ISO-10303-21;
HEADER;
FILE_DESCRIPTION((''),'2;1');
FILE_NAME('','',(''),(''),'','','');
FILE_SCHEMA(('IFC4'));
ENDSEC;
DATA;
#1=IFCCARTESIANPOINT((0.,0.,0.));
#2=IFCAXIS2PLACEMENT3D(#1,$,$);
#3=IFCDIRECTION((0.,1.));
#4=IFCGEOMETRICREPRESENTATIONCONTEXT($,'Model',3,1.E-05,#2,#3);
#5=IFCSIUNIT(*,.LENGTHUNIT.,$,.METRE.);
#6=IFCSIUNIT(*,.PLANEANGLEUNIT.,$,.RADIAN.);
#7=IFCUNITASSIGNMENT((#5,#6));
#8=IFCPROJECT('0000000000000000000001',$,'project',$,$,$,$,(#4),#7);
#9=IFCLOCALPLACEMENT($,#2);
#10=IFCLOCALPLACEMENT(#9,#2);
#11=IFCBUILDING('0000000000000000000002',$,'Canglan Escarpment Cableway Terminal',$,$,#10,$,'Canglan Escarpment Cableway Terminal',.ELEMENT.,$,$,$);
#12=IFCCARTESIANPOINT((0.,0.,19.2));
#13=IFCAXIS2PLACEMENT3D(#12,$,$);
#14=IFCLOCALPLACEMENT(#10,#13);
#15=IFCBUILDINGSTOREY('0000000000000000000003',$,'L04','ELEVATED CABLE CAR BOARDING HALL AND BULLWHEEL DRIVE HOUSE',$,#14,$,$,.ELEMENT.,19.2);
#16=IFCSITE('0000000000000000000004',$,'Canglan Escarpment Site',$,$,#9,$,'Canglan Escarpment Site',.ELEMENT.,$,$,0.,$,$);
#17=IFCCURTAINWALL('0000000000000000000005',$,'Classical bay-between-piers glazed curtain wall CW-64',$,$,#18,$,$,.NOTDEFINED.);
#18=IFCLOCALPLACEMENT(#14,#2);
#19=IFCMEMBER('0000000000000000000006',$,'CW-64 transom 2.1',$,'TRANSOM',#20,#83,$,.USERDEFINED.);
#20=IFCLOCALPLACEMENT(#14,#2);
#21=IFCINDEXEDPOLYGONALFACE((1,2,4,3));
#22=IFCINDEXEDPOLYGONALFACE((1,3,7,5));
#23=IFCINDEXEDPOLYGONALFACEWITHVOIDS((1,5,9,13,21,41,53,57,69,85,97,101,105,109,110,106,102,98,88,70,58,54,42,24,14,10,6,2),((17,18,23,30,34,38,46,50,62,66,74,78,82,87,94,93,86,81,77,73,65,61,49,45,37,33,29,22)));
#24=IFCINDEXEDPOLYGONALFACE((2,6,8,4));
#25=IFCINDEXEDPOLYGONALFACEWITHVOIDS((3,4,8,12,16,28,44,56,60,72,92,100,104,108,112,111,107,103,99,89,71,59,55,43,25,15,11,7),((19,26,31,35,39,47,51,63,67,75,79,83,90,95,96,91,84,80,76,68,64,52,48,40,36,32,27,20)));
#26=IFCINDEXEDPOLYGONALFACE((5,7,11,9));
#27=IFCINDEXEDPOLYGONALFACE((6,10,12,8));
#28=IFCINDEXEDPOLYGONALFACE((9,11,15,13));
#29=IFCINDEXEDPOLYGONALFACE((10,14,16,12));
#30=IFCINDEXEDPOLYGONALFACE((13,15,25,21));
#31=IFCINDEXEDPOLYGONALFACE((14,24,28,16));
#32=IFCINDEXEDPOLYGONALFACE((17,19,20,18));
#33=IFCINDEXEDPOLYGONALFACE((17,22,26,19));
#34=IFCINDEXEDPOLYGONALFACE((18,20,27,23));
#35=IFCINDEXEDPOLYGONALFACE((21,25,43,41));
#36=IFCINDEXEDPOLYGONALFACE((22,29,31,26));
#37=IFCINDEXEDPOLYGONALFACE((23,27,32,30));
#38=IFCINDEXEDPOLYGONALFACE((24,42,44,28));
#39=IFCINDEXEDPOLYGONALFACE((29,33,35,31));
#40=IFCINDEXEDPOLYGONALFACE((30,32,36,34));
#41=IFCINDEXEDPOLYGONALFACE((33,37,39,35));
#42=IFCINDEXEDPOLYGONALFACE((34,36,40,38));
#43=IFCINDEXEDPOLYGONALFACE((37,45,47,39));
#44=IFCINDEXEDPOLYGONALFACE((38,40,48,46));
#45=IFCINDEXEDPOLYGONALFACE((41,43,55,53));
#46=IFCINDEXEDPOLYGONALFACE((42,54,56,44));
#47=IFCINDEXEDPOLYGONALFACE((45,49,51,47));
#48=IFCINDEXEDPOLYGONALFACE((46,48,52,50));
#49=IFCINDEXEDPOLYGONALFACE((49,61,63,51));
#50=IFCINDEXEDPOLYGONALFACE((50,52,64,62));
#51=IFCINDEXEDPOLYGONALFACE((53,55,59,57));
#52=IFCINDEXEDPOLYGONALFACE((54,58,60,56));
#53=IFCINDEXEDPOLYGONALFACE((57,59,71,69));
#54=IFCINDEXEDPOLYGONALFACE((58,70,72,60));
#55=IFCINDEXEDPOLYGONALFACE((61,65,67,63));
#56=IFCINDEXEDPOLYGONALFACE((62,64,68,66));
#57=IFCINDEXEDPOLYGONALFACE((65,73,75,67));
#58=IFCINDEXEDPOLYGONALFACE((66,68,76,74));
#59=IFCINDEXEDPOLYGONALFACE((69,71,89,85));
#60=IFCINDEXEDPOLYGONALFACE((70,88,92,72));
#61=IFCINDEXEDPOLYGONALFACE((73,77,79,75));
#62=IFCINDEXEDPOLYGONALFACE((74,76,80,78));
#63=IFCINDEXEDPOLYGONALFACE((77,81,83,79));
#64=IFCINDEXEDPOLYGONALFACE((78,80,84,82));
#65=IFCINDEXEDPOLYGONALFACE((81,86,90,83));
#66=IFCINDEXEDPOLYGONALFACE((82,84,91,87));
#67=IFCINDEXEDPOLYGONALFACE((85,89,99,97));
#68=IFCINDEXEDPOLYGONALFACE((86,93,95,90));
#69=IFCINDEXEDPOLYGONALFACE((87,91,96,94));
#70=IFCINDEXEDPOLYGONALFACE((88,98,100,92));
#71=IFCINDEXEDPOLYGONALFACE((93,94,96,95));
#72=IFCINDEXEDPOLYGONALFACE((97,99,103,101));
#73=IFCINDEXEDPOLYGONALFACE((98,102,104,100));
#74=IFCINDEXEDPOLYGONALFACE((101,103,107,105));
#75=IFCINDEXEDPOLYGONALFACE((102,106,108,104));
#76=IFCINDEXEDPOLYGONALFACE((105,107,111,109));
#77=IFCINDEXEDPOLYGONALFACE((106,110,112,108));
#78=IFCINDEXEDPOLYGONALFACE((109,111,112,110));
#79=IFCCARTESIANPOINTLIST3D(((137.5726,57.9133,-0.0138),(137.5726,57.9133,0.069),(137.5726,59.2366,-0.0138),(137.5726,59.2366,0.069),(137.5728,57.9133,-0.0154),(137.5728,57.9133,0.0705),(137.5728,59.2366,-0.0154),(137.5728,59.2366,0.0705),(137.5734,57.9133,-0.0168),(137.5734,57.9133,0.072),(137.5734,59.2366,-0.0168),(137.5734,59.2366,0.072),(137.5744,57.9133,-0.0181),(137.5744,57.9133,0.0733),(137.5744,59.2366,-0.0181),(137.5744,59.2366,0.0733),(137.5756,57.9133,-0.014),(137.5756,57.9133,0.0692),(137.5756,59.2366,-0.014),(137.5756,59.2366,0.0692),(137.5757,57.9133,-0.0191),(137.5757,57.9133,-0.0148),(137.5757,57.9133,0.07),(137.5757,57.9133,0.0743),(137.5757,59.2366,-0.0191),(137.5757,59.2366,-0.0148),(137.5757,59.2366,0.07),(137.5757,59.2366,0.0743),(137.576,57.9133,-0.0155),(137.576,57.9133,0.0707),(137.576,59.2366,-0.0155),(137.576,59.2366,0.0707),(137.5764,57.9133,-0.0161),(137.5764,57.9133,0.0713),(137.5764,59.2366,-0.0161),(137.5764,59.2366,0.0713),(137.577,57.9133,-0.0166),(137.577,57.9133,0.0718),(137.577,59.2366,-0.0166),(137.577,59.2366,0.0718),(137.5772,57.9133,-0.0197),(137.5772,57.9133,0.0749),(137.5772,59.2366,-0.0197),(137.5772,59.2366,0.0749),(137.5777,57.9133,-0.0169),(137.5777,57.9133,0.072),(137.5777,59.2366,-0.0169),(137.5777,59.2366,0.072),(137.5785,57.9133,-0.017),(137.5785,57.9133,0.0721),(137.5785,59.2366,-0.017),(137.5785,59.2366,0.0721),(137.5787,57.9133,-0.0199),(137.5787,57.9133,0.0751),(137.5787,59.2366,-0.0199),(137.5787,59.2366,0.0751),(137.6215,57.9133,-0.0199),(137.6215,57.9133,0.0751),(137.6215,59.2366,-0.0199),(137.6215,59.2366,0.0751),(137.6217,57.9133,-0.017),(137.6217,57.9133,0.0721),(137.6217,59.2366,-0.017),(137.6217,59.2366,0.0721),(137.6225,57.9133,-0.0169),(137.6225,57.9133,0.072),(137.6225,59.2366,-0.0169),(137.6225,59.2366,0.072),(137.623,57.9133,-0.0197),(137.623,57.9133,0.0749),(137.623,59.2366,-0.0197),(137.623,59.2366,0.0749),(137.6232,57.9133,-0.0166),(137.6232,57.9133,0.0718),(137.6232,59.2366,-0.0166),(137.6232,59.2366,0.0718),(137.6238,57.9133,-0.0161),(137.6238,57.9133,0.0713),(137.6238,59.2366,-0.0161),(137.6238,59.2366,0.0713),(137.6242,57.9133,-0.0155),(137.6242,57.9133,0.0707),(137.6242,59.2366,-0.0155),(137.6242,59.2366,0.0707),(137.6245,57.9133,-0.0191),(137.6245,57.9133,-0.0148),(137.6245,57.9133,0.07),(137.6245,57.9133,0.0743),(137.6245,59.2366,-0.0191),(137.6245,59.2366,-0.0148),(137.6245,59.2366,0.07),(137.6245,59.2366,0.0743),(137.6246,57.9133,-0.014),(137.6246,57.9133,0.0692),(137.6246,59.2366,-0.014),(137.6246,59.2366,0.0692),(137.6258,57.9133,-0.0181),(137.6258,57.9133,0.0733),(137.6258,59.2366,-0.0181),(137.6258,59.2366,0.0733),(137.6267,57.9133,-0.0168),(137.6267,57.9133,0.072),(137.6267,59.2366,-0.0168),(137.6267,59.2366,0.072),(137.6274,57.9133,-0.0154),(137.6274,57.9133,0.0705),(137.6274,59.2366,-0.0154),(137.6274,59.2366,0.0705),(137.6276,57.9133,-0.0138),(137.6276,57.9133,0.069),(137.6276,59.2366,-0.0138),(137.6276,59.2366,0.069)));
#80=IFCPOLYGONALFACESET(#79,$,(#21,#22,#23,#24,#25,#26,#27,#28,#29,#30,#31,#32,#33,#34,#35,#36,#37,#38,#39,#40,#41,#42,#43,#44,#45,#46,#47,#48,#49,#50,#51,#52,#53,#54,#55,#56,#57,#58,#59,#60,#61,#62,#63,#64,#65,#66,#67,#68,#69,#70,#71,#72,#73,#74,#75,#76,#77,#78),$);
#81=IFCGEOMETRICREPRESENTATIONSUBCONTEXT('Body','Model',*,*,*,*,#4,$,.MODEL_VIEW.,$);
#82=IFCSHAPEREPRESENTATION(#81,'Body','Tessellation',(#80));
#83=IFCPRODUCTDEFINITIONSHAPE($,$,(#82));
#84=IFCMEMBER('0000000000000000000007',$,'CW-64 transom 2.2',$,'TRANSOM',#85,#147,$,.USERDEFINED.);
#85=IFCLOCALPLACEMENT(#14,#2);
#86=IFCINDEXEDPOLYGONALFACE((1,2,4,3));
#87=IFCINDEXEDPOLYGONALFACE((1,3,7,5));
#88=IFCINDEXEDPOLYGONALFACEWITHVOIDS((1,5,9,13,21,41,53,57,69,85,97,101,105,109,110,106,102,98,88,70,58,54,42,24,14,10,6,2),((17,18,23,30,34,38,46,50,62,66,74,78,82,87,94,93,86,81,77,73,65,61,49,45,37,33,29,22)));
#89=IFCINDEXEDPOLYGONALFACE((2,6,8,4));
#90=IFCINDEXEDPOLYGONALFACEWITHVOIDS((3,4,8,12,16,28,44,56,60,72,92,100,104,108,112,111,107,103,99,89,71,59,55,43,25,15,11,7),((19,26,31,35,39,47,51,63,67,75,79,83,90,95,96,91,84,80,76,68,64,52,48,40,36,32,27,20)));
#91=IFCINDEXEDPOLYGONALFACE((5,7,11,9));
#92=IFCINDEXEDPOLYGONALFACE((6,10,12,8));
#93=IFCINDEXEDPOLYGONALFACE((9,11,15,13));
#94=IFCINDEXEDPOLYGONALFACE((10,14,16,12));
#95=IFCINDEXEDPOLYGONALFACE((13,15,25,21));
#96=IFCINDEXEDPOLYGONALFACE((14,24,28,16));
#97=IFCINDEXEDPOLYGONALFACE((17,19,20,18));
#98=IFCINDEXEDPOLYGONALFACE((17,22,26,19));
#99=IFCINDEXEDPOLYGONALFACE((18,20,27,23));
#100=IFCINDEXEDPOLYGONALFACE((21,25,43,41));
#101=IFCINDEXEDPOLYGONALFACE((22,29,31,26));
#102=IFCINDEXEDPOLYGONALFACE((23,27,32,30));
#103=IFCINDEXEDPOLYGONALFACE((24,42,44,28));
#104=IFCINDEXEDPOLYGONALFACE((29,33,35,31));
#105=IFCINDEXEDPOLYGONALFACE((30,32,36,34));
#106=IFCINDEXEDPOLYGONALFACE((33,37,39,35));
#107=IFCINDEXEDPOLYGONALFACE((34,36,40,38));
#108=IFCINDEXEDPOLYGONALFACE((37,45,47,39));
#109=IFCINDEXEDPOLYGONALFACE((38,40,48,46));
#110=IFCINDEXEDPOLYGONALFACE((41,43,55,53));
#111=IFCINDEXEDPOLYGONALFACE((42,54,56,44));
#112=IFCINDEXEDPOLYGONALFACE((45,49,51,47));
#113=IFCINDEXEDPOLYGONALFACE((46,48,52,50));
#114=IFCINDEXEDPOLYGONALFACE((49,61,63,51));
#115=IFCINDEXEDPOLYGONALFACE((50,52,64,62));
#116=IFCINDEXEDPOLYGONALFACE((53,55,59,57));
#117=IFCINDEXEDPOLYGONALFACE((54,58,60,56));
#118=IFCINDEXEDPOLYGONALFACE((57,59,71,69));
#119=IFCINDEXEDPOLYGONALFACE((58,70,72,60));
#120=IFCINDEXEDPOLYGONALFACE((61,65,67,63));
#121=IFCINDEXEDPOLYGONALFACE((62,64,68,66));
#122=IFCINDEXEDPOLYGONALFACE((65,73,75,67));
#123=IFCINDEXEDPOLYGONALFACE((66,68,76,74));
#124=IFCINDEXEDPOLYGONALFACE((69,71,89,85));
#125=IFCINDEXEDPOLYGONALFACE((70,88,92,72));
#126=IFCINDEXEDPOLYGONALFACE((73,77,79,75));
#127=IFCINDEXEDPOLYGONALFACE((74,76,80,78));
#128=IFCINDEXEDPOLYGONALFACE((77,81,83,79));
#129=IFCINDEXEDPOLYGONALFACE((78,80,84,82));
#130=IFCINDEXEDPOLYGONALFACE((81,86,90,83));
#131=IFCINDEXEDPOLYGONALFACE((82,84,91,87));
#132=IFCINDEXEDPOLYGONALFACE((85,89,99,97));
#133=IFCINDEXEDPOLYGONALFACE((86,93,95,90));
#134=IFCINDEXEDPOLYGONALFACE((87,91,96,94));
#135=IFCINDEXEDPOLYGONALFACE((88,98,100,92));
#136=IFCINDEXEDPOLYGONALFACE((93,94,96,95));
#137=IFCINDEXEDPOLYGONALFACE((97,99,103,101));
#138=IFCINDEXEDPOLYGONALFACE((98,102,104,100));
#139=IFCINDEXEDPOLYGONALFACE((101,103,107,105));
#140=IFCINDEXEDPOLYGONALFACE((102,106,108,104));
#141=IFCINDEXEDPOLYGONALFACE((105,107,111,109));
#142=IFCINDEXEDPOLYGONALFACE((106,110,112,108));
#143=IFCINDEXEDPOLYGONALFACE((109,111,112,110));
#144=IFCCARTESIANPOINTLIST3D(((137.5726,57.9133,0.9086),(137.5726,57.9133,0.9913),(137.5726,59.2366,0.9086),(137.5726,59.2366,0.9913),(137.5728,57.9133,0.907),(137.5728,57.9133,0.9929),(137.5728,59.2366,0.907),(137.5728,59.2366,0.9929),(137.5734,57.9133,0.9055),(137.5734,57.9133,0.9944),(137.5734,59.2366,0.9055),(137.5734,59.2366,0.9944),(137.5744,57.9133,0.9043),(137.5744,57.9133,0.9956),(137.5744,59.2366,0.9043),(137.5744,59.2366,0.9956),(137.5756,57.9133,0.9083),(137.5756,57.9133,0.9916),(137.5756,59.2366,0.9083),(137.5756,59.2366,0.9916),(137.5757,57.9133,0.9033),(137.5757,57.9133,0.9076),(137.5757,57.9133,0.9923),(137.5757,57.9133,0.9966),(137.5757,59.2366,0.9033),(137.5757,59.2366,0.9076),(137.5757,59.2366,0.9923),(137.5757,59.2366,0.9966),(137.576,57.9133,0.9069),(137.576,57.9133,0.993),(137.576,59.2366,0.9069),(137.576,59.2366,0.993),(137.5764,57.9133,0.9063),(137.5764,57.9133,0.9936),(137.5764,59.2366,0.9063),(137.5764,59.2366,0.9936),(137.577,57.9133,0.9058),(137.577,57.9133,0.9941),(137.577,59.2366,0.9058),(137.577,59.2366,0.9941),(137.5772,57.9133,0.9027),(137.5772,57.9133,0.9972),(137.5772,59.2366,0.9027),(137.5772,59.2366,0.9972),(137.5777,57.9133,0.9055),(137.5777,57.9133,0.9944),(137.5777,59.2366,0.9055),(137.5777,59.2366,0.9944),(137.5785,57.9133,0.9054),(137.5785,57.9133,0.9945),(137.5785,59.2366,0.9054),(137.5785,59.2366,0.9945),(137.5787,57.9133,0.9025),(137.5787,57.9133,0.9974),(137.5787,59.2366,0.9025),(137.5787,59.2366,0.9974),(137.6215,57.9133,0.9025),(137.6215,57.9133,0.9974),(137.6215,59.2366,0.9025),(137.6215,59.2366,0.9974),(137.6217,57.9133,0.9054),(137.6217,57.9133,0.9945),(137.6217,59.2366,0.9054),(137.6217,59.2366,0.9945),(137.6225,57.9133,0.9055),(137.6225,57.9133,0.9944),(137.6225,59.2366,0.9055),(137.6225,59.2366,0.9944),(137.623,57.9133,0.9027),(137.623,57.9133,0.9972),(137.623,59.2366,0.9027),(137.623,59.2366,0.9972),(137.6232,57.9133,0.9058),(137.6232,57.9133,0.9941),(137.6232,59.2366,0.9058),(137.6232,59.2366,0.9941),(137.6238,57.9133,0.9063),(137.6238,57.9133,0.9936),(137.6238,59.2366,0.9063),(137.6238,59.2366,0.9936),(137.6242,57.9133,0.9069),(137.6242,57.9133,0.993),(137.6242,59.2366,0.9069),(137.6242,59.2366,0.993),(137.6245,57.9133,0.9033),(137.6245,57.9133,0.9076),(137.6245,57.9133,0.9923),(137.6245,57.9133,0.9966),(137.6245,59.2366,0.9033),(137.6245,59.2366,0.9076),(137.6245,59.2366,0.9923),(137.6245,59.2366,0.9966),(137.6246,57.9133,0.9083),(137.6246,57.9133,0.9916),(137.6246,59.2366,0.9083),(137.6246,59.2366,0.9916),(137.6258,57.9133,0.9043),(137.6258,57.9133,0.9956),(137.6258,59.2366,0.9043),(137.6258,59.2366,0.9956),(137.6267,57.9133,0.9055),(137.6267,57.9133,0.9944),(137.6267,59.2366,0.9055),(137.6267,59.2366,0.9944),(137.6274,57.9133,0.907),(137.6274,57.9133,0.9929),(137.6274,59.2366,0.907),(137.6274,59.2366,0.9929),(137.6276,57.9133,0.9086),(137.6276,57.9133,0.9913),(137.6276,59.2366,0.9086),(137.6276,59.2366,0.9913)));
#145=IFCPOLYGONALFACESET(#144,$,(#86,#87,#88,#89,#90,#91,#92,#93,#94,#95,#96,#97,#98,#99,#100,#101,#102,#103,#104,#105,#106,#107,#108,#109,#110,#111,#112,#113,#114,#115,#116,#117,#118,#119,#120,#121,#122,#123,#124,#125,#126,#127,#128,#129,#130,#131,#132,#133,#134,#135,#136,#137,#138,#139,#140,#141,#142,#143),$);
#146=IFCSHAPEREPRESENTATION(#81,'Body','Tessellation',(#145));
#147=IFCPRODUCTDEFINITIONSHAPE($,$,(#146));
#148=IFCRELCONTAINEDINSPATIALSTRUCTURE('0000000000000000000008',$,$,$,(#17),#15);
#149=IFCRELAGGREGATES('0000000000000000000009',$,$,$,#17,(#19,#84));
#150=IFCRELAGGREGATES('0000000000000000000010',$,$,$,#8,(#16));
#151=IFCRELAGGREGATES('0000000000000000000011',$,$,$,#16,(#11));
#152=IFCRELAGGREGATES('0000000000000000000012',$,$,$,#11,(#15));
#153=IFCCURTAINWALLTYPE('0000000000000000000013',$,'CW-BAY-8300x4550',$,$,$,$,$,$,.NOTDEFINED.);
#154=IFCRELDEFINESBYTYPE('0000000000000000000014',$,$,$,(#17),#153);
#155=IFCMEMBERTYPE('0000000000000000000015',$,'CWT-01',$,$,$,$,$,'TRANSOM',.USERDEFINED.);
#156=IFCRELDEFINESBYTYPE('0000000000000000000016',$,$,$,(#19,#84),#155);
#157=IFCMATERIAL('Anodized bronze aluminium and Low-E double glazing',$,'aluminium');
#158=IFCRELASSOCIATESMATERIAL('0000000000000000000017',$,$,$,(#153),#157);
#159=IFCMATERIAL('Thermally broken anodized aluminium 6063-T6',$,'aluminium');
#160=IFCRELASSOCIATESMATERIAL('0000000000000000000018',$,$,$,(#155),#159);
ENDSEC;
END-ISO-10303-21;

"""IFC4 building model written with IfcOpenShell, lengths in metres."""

from ifc_helpers import new_model, si_unit, direction, frame, origin, origin_2d, place, context, subcontext, project, spatial, hollow_rectangle, extrude, material, material_profile, profile_set, type_object, element, aggregate, save


model = new_model("IFC4")

# Units and contexts
model_context = context("Model", 3, precision=1e-05, world=origin(), true_north=direction((0.0, 1.0)))
body_context = subcontext(model_context, "Body", "Model", "MODEL_VIEW")
ifc_project = project(units=[si_unit("LENGTHUNIT", "METRE"), si_unit("PLANEANGLEUNIT", "RADIAN")], contexts=[model_context])

# Site, building, storey
site_placement = place(None, origin())
site = spatial("IfcSite", under=ifc_project, at=site_placement, Name="Canglan Escarpment Site", LongName="Canglan Escarpment Site", CompositionType="ELEMENT", RefElevation=0.0)
building_placement = place(site_placement, origin())
building = spatial("IfcBuilding", under=site, at=building_placement, Name="Canglan Escarpment Cableway Terminal", LongName="Canglan Escarpment Cableway Terminal", CompositionType="ELEMENT")
storey_placement = place(building_placement, frame((0.0, 0.0, 19.2)))
storey = spatial("IfcBuildingStorey", under=building, at=storey_placement, Name="L04", Description="ELEVATED CABLE CAR BOARDING HALL AND BULLWHEEL DRIVE HOUSE", CompositionType="ELEMENT", Elevation=19.2)

# Curtain wall, members
ifc_material_1 = material(Name="Anodized bronze aluminium and Low-E double glazing", Category="aluminium")
curtain_wall_type = type_object("IfcCurtainWallType", Name="CW-BAY-8300x4550", PredefinedType="NOTDEFINED", material=ifc_material_1)
curtain_wall_placement = place(storey_placement, origin())
curtain_wall = element("IfcCurtainWall", 1, at=curtain_wall_placement, inside=storey, type_object=curtain_wall_type, Name="Classical bay-between-piers glazed curtain wall CW-64", PredefinedType="NOTDEFINED")
ifc_material_2 = material(Name="Thermally broken anodized aluminium 6063-T6", Category="aluminium")
ifc_material_profile_1 = material_profile(ifc_material_2, hollow_rectangle(XDim=0.0549, YDim=0.095, WallThickness=0.0029, InnerFilletRadius=0.0029, OuterFilletRadius=0.0061, at=origin_2d()), Name="ALU-TRAN 55x95x3")
ifc_profile_set_1 = profile_set([ifc_material_profile_1], Name="Thermally broken anodized aluminium 6063-T6")
member_type_1 = type_object("IfcMemberType", Name="CWT-01", ElementType="TRANSOM", PredefinedType="USERDEFINED", material=ifc_profile_set_1)
member_1_placement = place(storey_placement, frame((137.6001, 59.2366, 0.0276), z_axis=(0.0, -1.0, 0.0), x_axis=(1.0, 0.0, 0.0)))
member_1 = element("IfcMember", 2, at=member_1_placement, type_object=member_type_1, Name="CW-64 transom 2.1", ObjectType="TRANSOM", PredefinedType="USERDEFINED", context=body_context, shape_type="SweptSolid", body=[
    extrude(hollow_rectangle(XDim=0.0549, YDim=0.095, WallThickness=0.0029, InnerFilletRadius=0.0029, OuterFilletRadius=0.0061, at=origin_2d()), origin(), (0.0, 0.0, 1.0), 1.3232),
])
member_2_placement = place(storey_placement, frame((137.6001, 59.2366, 0.95), z_axis=(0.0, -1.0, 0.0), x_axis=(1.0, 0.0, 0.0)))
member_2 = element("IfcMember", 3, at=member_2_placement, type_object=member_type_1, Name="CW-64 transom 2.2", ObjectType="TRANSOM", PredefinedType="USERDEFINED", context=body_context, shape_type="SweptSolid", body=[
    extrude(hollow_rectangle(XDim=0.0549, YDim=0.095, WallThickness=0.0029, InnerFilletRadius=0.0029, OuterFilletRadius=0.0061, at=origin_2d()), origin(), (0.0, 0.0, 1.0), 1.3232),
])
aggregate(curtain_wall, [member_1, member_2])

save(model, "model.ifc")
